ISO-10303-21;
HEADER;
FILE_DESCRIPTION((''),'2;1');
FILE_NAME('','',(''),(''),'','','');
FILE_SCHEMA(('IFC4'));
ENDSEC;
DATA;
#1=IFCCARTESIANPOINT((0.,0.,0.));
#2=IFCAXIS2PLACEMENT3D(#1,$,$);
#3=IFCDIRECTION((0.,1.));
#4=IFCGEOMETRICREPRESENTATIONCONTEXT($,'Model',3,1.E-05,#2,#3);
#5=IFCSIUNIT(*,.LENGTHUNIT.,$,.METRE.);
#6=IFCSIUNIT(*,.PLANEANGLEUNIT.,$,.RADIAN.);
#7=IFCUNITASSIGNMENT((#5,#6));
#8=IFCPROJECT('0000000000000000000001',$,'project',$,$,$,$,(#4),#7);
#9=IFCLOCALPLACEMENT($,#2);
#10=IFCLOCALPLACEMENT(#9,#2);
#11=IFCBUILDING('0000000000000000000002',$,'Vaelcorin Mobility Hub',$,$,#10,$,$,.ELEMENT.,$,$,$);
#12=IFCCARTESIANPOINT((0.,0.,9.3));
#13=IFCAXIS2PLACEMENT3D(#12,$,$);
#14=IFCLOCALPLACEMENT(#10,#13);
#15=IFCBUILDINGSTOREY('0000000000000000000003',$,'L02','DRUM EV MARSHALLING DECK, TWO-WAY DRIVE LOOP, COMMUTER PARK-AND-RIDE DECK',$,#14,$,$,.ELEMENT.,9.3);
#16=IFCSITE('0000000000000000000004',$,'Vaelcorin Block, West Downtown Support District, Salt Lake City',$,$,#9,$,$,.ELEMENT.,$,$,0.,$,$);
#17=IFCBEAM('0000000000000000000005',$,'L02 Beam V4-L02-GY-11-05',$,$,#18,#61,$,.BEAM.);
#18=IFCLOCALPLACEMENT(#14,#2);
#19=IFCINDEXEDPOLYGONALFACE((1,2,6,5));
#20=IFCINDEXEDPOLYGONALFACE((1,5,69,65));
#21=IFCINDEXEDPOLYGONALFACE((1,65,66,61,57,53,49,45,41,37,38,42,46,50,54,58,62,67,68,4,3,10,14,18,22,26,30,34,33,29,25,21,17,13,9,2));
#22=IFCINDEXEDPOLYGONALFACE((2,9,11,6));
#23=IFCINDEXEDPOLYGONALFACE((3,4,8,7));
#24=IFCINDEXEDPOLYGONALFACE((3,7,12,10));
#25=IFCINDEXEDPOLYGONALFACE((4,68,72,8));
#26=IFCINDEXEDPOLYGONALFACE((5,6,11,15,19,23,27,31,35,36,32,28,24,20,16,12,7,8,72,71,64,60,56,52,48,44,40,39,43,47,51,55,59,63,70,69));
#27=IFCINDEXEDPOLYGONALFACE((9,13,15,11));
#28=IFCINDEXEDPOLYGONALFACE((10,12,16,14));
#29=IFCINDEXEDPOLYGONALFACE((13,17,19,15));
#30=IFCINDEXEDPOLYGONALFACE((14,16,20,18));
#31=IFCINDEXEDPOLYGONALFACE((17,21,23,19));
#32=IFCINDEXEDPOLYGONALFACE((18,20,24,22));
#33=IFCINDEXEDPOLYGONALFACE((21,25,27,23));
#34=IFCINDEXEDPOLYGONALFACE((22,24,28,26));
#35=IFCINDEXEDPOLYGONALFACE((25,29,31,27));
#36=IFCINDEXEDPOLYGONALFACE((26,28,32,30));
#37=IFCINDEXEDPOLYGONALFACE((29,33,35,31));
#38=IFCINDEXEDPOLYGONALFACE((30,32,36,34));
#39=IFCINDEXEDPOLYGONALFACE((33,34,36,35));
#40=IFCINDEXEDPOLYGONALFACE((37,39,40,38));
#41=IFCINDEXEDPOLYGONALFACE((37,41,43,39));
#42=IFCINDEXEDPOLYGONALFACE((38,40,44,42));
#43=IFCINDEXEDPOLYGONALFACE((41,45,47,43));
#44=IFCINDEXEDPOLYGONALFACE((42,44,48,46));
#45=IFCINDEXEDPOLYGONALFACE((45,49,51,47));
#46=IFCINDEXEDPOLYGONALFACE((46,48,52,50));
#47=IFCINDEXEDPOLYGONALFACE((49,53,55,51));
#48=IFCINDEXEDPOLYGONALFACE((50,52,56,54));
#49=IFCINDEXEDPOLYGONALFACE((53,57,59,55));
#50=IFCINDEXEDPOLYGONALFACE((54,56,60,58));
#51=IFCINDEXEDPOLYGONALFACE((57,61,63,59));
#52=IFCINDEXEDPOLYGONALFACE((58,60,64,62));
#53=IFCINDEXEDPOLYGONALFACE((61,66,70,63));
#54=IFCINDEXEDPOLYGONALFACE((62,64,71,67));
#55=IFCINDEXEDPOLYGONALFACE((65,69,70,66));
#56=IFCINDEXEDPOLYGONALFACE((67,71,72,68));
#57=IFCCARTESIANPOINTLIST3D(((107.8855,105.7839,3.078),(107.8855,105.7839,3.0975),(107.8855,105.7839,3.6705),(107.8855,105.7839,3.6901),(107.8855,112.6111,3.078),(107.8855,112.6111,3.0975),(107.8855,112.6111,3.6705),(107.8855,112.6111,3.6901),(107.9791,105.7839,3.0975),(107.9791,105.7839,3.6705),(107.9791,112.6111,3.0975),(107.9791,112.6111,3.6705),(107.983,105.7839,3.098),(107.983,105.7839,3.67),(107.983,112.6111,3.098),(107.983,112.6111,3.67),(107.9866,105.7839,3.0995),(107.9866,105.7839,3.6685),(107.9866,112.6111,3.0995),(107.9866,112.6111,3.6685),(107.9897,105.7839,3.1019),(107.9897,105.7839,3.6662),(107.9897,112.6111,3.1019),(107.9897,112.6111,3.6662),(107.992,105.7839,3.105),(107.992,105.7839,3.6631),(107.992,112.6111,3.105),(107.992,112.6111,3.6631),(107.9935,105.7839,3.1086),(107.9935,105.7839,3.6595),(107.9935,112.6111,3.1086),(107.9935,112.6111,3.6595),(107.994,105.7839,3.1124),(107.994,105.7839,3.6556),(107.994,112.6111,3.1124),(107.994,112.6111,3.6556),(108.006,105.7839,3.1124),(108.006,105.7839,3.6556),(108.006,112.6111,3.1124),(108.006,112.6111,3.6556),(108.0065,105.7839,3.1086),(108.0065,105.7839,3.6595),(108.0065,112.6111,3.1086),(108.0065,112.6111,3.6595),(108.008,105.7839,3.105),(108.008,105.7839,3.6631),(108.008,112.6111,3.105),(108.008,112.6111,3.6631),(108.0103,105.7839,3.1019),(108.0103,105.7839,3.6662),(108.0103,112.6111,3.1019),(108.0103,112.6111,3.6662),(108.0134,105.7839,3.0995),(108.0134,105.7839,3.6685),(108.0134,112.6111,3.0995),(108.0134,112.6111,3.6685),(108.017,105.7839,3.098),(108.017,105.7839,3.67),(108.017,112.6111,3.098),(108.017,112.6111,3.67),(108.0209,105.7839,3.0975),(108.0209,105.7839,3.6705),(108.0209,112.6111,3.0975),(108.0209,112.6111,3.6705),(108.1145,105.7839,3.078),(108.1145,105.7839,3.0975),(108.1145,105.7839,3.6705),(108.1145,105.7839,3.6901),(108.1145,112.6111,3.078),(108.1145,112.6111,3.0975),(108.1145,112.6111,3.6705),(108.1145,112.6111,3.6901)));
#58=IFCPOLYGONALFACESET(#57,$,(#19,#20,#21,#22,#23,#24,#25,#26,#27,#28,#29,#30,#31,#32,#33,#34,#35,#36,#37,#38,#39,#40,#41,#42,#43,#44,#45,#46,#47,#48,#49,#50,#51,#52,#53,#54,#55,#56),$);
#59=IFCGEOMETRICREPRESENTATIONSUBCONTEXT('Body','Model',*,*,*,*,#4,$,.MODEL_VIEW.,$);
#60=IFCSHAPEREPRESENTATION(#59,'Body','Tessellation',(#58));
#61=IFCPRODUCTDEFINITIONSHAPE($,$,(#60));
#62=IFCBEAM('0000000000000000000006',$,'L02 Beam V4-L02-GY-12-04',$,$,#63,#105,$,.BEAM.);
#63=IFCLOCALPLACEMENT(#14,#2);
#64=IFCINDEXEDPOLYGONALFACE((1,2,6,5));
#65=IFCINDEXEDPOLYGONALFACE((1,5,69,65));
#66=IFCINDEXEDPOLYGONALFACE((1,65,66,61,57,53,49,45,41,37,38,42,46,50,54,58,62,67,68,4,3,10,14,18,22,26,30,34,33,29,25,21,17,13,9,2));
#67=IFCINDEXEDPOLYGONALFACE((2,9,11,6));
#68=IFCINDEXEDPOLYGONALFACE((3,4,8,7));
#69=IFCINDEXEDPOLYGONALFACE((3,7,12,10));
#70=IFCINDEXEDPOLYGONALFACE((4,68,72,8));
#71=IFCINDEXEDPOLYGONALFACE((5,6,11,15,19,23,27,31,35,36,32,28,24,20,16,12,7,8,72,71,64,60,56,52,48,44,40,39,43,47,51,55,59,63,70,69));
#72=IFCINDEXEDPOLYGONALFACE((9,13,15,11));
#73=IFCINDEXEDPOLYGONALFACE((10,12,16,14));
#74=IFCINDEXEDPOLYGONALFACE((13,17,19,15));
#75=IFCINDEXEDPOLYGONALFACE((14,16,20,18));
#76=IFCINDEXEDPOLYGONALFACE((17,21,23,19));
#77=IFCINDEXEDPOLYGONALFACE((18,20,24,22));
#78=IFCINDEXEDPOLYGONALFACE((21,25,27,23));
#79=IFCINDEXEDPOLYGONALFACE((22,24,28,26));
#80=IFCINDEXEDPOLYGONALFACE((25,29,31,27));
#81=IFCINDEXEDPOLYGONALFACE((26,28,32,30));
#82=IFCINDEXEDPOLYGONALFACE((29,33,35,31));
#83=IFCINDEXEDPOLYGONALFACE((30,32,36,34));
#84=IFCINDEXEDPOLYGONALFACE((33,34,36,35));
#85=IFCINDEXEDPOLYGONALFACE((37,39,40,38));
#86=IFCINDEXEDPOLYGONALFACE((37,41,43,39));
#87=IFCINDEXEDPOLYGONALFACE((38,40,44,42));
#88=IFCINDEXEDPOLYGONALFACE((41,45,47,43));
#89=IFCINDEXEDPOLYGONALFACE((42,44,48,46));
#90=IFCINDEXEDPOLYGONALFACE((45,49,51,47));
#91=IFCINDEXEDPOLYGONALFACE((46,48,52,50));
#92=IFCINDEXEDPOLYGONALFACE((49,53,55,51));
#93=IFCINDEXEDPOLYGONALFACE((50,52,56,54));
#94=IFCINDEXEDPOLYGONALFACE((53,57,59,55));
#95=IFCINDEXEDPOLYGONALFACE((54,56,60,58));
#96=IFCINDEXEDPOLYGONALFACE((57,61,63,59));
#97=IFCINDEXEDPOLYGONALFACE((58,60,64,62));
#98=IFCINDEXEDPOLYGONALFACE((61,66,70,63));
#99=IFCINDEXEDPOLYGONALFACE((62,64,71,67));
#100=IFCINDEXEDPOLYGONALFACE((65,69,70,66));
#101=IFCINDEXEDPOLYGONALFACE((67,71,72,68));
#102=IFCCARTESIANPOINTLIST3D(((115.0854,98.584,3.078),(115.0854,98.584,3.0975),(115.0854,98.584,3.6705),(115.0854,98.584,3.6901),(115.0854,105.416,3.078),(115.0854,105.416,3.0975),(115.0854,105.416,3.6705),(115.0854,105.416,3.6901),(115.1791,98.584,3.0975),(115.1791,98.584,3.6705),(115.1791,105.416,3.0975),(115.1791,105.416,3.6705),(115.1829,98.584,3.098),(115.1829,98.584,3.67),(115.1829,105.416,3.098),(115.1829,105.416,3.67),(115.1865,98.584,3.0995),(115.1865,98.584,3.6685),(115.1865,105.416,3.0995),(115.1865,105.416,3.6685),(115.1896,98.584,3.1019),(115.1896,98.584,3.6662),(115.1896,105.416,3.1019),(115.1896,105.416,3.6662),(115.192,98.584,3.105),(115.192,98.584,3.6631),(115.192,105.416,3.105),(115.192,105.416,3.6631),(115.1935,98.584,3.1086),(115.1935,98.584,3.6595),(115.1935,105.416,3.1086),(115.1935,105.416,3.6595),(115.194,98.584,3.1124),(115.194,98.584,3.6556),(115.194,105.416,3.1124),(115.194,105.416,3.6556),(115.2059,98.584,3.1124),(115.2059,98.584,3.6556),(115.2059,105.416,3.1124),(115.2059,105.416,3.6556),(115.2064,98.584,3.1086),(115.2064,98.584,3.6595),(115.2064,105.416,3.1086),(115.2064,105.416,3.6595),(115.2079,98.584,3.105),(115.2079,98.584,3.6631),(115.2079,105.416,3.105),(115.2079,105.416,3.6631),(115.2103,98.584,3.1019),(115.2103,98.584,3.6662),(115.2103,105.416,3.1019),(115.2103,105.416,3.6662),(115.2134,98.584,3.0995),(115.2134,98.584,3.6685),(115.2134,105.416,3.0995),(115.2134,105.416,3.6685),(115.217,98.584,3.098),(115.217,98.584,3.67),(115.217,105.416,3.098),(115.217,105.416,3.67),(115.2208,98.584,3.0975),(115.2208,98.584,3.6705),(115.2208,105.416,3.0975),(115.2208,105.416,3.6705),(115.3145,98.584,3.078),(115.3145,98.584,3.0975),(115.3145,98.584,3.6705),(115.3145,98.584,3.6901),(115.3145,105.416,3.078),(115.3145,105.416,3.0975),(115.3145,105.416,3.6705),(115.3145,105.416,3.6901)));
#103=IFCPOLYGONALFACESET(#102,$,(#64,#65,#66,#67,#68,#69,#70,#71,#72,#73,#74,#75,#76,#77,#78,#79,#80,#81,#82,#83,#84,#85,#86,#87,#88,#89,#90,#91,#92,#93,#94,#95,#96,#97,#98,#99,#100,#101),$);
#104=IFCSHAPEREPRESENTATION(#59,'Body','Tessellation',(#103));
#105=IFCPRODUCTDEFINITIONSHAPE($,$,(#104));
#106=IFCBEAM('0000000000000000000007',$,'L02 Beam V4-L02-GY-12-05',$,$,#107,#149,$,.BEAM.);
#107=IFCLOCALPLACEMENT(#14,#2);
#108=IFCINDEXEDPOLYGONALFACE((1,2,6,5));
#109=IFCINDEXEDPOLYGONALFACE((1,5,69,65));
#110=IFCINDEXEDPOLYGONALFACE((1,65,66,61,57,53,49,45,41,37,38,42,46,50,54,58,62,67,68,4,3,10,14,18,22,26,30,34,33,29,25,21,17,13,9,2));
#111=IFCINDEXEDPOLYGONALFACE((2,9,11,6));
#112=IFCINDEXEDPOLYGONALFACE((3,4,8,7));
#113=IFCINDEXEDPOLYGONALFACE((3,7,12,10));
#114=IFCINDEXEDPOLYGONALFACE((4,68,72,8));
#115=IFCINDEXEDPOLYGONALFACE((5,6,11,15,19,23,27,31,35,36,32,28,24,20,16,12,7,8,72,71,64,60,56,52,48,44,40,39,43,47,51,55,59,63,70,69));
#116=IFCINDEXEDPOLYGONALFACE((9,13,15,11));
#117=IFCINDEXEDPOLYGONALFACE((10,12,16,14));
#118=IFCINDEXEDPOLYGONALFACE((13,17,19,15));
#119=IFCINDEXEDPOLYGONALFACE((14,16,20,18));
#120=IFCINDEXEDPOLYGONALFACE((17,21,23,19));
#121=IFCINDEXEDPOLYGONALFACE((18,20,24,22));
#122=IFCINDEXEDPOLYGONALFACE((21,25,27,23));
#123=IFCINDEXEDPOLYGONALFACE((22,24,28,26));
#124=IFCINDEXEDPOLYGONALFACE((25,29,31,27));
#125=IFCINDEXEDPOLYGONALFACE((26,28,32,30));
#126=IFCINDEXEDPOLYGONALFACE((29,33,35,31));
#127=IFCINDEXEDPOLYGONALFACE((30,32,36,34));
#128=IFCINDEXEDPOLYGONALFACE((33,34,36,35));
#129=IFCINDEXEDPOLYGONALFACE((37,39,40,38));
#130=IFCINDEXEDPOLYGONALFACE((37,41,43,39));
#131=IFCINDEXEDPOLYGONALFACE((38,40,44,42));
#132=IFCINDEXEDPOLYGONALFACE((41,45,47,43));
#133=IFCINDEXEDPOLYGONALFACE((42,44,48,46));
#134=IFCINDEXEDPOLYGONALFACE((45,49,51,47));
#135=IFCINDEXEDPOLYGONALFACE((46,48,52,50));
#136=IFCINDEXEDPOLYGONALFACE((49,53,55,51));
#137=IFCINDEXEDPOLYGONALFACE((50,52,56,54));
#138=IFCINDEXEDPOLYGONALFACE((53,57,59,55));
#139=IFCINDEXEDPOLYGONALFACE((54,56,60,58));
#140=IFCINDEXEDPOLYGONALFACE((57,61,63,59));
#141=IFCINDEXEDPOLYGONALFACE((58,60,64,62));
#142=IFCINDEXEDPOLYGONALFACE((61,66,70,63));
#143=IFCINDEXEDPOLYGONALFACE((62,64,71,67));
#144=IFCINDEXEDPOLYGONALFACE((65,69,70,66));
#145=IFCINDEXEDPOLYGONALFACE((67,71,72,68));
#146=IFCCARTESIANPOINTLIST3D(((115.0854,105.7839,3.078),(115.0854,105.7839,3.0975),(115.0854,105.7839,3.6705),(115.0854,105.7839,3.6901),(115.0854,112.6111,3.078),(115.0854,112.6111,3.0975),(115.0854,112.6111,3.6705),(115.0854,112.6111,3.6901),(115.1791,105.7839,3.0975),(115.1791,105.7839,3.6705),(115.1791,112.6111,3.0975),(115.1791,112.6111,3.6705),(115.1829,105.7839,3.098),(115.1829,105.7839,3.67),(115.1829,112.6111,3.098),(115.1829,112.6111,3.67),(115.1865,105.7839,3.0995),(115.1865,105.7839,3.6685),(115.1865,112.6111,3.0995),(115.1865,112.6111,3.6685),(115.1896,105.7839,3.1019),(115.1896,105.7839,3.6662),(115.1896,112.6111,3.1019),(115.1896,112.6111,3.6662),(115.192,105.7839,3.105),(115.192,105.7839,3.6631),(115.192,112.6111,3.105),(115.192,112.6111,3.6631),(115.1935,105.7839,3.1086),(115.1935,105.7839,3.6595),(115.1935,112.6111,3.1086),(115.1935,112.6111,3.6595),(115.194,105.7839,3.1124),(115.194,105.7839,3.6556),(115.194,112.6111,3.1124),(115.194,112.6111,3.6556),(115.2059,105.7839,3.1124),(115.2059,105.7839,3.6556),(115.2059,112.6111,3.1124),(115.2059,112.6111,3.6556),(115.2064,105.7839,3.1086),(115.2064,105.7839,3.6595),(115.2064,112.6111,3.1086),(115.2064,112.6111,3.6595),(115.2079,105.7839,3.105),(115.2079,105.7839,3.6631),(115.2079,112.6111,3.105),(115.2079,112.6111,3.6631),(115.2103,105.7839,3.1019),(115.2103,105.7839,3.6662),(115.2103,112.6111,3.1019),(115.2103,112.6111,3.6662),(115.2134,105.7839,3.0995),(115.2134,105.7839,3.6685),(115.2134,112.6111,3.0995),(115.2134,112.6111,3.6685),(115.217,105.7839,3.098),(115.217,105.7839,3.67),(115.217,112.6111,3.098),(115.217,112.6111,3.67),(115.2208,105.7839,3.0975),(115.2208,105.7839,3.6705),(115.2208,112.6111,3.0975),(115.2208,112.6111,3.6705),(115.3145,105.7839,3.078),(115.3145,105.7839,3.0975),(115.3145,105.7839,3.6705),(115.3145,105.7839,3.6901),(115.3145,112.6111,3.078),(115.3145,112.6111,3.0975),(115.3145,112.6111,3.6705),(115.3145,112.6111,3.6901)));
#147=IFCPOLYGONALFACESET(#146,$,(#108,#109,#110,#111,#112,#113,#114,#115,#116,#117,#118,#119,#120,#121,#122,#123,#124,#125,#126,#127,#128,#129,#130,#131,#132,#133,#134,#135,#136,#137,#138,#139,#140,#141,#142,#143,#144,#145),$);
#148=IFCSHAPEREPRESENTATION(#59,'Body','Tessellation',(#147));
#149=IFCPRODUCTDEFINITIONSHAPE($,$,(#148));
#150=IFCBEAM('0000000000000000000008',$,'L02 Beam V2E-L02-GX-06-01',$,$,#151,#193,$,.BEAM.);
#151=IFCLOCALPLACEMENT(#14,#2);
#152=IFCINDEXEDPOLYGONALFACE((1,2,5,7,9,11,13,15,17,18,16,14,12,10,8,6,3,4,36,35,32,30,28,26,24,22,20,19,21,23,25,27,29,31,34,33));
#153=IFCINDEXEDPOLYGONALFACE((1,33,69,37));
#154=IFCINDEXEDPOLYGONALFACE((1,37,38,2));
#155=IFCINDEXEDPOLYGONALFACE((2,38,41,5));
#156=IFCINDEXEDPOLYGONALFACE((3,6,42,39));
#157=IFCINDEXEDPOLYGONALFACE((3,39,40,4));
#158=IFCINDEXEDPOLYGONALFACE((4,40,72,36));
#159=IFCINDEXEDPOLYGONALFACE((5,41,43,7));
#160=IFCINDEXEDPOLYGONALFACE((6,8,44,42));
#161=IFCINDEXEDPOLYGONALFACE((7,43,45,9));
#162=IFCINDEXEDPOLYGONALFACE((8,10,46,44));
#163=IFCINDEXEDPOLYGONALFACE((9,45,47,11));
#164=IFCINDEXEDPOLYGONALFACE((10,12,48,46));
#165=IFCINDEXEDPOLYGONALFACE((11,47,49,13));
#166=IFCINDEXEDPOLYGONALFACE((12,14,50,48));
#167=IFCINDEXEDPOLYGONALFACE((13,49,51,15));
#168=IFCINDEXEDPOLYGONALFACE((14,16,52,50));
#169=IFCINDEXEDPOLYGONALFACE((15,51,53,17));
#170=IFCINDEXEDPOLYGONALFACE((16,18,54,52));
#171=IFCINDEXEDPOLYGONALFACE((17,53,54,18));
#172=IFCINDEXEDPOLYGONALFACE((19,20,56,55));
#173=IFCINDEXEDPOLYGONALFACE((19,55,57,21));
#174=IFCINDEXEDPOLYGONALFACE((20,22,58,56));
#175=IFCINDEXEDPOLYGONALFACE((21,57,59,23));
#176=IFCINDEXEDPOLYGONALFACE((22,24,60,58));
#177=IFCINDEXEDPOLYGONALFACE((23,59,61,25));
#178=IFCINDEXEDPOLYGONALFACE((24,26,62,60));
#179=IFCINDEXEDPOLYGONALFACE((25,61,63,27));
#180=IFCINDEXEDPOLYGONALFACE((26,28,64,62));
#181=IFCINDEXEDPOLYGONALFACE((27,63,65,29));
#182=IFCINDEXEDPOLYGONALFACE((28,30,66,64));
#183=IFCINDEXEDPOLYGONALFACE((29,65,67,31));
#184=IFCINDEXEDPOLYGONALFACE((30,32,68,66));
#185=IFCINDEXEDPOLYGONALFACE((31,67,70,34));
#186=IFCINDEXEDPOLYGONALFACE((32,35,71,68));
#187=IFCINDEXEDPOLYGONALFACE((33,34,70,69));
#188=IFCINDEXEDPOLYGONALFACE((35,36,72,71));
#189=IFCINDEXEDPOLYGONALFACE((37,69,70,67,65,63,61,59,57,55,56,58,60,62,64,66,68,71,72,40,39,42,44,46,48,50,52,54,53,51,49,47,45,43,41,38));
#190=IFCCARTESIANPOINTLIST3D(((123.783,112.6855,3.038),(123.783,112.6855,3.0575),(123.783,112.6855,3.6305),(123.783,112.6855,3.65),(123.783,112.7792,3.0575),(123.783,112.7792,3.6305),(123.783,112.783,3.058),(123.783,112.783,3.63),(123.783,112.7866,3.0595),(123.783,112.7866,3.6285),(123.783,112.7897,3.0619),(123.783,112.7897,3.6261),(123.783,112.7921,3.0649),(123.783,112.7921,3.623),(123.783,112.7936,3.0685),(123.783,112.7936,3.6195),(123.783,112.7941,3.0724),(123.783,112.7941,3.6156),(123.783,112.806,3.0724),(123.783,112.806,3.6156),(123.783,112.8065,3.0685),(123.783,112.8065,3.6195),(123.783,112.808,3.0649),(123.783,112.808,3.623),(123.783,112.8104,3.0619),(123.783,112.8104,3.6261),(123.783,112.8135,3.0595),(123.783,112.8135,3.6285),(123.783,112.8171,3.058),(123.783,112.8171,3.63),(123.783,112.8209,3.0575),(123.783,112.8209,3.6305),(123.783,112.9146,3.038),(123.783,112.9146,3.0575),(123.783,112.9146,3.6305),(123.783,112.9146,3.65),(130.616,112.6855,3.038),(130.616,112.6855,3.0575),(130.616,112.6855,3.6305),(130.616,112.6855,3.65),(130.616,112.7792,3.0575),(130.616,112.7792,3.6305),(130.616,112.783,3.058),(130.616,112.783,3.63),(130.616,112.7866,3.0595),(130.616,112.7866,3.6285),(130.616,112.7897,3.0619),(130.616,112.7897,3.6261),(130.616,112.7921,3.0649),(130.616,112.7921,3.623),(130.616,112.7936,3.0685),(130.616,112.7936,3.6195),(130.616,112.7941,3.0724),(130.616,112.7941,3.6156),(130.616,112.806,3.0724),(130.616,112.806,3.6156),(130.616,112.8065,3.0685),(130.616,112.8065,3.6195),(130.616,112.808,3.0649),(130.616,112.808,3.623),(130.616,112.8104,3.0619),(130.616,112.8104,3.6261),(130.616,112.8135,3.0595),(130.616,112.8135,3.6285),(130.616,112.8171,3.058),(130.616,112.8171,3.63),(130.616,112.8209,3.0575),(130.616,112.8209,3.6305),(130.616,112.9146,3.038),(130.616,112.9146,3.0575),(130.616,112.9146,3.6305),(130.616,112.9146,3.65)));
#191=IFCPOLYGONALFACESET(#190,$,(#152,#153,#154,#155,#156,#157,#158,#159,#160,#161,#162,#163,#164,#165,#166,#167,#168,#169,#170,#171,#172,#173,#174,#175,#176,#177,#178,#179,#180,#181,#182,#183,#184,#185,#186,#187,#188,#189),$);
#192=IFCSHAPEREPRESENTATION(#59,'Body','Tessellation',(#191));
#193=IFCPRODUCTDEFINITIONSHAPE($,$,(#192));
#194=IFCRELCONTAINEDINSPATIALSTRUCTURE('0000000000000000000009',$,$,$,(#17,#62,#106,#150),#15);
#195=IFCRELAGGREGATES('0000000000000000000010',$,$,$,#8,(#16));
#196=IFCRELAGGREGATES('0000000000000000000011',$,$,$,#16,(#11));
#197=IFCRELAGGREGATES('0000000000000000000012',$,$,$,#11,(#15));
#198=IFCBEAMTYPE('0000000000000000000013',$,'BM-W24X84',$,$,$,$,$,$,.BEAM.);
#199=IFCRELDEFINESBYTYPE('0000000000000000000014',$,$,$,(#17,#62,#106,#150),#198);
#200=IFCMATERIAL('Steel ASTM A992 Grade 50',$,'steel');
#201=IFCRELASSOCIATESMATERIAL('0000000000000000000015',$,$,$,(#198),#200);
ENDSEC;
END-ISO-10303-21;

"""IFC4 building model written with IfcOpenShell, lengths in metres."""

from ifc_helpers import new_model, si_unit, direction, frame, origin, origin_2d, place, context, subcontext, project, spatial, i_section, extrude, material, material_profile, profile_set, type_object, element, save


model = new_model("IFC4")

# Units and contexts
model_context = context("Model", 3, precision=1e-05, world=origin(), true_north=direction((0.0, 1.0)))
body_context = subcontext(model_context, "Body", "Model", "MODEL_VIEW")
ifc_project = project(units=[si_unit("LENGTHUNIT", "METRE"), si_unit("PLANEANGLEUNIT", "RADIAN")], contexts=[model_context])

# Site, building, storey
site_placement = place(None, origin())
site = spatial("IfcSite", under=ifc_project, at=site_placement, Name="Vaelcorin Block, West Downtown Support District, Salt Lake City", CompositionType="ELEMENT", RefElevation=0.0)
building_placement = place(site_placement, origin())
building = spatial("IfcBuilding", under=site, at=building_placement, Name="Vaelcorin Mobility Hub", CompositionType="ELEMENT")
storey_placement = place(building_placement, frame((0.0, 0.0, 9.3)))
storey = spatial("IfcBuildingStorey", under=building, at=storey_placement, Name="L02", Description="DRUM EV MARSHALLING DECK, TWO-WAY DRIVE LOOP, COMMUTER PARK-AND-RIDE DECK", CompositionType="ELEMENT", Elevation=9.3)

# Shared definitions
ifc_material_1 = material(Name="Steel ASTM A992 Grade 50", Category="steel")

# Beams
ifc_material_profile_1 = material_profile(ifc_material_1, i_section(OverallWidth=0.229, OverallDepth=0.6121, WebThickness=0.012, FlangeThickness=0.0195, FilletRadius=0.0149, at=origin_2d()), Name="W24X84")
ifc_profile_set_1 = profile_set([ifc_material_profile_1], Name="Steel ASTM A992 Grade 50")
beam_type_1 = type_object("IfcBeamType", Name="BM-W24X84", PredefinedType="BEAM", material=ifc_profile_set_1)
beam_1_placement = place(storey_placement, frame((108.0, 105.7839, 3.384), z_axis=(0.0, 1.0, 0.0), x_axis=(-1.0, 0.0, 0.0)))
element("IfcBeam", 1, at=beam_1_placement, inside=storey, type_object=beam_type_1, Name="L02 Beam V4-L02-GY-11-05", PredefinedType="BEAM", context=body_context, shape_type="SweptSolid", body=[
    extrude(i_section(OverallWidth=0.229, OverallDepth=0.6121, WebThickness=0.012, FlangeThickness=0.0195, FilletRadius=0.0149, at=origin_2d()), origin(), (0.0, 0.0, 1.0), 6.8271),
])
beam_2_placement = place(storey_placement, frame((115.2, 98.584, 3.384), z_axis=(0.0, 1.0, 0.0), x_axis=(-1.0, 0.0, 0.0)))
element("IfcBeam", 2, at=beam_2_placement, inside=storey, type_object=beam_type_1, Name="L02 Beam V4-L02-GY-12-04", PredefinedType="BEAM", context=body_context, shape_type="SweptSolid", body=[
    extrude(i_section(OverallWidth=0.229, OverallDepth=0.6121, WebThickness=0.012, FlangeThickness=0.0195, FilletRadius=0.0149, at=origin_2d()), origin(), (0.0, 0.0, 1.0), 6.832),
])
beam_3_placement = place(storey_placement, frame((115.2, 105.7839, 3.384), z_axis=(0.0, 1.0, 0.0), x_axis=(-1.0, 0.0, 0.0)))
element("IfcBeam", 3, at=beam_3_placement, inside=storey, type_object=beam_type_1, Name="L02 Beam V4-L02-GY-12-05", PredefinedType="BEAM", context=body_context, shape_type="SweptSolid", body=[
    extrude(i_section(OverallWidth=0.229, OverallDepth=0.6121, WebThickness=0.012, FlangeThickness=0.0195, FilletRadius=0.0149, at=origin_2d()), origin(), (0.0, 0.0, 1.0), 6.8271),
])
beam_4_placement = place(storey_placement, frame((123.783, 112.8, 3.344), z_axis=(1.0, 0.0, 0.0), x_axis=(0.0, 1.0, 0.0)))
element("IfcBeam", 4, at=beam_4_placement, inside=storey, type_object=beam_type_1, Name="L02 Beam V2E-L02-GX-06-01", PredefinedType="BEAM", context=body_context, shape_type="SweptSolid", body=[
    extrude(i_section(OverallWidth=0.229, OverallDepth=0.6121, WebThickness=0.012, FlangeThickness=0.0195, FilletRadius=0.0149, at=origin_2d()), origin(), (0.0, 0.0, 1.0), 6.833),
])

save(model, "model.ifc")
